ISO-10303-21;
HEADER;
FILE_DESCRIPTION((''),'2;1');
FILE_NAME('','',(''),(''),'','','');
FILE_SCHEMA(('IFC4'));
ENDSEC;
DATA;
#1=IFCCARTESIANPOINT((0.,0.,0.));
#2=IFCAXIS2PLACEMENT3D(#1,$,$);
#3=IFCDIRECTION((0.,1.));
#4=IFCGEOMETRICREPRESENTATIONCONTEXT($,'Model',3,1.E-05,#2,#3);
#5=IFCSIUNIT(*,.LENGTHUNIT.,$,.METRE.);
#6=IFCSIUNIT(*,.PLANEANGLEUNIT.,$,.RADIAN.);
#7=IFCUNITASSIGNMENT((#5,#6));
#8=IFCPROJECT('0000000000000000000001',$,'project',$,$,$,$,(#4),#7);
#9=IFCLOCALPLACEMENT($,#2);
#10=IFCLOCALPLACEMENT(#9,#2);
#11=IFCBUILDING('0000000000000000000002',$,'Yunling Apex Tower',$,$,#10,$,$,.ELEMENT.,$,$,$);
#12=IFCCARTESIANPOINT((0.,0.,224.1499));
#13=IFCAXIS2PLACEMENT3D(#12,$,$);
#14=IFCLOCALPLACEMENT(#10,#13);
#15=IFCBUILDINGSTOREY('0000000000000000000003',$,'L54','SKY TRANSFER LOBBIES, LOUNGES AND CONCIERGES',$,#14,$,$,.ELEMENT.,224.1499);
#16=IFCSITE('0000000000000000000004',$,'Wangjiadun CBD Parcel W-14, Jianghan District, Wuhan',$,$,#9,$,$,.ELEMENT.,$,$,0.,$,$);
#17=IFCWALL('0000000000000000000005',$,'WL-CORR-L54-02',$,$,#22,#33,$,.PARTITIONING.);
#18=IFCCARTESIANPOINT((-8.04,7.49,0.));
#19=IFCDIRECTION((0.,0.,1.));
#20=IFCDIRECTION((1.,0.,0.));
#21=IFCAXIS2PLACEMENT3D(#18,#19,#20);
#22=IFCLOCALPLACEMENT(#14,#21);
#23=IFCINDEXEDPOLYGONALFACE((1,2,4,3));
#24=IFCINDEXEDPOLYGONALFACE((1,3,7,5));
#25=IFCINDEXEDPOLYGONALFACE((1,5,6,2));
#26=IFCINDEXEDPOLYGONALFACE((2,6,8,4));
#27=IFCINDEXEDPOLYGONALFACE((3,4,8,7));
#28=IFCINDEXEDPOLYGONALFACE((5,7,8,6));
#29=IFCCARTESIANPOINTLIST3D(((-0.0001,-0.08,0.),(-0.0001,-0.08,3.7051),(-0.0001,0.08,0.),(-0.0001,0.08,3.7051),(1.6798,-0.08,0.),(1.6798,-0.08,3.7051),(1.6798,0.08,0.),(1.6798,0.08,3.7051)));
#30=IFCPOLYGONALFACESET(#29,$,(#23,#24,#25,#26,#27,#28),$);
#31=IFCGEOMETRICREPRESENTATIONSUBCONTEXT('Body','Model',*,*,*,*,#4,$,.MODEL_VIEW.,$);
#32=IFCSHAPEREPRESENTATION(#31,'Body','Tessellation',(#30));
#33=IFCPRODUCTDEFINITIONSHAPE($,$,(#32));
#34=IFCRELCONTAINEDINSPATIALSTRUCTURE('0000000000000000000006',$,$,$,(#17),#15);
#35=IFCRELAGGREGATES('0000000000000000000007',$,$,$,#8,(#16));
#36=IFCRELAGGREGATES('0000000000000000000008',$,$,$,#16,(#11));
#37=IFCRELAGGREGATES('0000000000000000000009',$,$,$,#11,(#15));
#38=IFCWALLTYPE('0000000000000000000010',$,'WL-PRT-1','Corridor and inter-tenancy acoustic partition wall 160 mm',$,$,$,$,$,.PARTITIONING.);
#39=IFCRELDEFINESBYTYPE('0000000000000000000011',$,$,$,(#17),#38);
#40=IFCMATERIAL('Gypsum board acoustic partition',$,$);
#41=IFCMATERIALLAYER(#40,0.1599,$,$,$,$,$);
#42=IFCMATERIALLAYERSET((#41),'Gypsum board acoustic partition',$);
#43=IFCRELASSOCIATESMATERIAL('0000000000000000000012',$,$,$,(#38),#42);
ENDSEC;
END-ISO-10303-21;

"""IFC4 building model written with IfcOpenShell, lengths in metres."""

from ifc_helpers import new_model, si_unit, direction, frame, frame_2d, origin, place, context, subcontext, project, spatial, rectangle, extrude, material, layer, layer_set, type_object, element, save


model = new_model("IFC4")

# Units and contexts
model_context = context("Model", 3, precision=1e-05, world=origin(), true_north=direction((0.0, 1.0)))
body_context = subcontext(model_context, "Body", "Model", "MODEL_VIEW")
ifc_project = project(units=[si_unit("LENGTHUNIT", "METRE"), si_unit("PLANEANGLEUNIT", "RADIAN")], contexts=[model_context])

# Site, building, storey
site_placement = place(None, origin())
site = spatial("IfcSite", under=ifc_project, at=site_placement, Name="Wangjiadun CBD Parcel W-14, Jianghan District, Wuhan", CompositionType="ELEMENT", RefElevation=0.0)
building_placement = place(site_placement, origin())
building = spatial("IfcBuilding", under=site, at=building_placement, Name="Yunling Apex Tower", CompositionType="ELEMENT")
storey_placement = place(building_placement, frame((0.0, 0.0, 224.1499)))
storey = spatial("IfcBuildingStorey", under=building, at=storey_placement, Name="L54", Description="SKY TRANSFER LOBBIES, LOUNGES AND CONCIERGES", CompositionType="ELEMENT", Elevation=224.1499)

# Wall
ifc_material_1 = material(Name="Gypsum board acoustic partition")
ifc_layer_1 = layer(ifc_material_1, 0.1599)
ifc_layer_set_1 = layer_set([ifc_layer_1], Name="Gypsum board acoustic partition")
wall_type = type_object("IfcWallType", Name="WL-PRT-1", Description="Corridor and inter-tenancy acoustic partition wall 160 mm", PredefinedType="PARTITIONING", material=ifc_layer_set_1)
wall_1_placement = place(storey_placement, frame((-8.04, 7.49, 0.0), z_axis=(0.0, 0.0, 1.0), x_axis=(1.0, 0.0, 0.0)))
element("IfcWall", 1, at=wall_1_placement, inside=storey, type_object=wall_type, Name="WL-CORR-L54-02", PredefinedType="PARTITIONING", context=body_context, shape_type="SweptSolid", body=[
    extrude(rectangle(XDim=1.6799, YDim=0.1599, at=frame_2d((0.8398, 0.0))), origin(), (0.0, 0.0, 1.0), 3.7051),
])

save(model, "model.ifc")
